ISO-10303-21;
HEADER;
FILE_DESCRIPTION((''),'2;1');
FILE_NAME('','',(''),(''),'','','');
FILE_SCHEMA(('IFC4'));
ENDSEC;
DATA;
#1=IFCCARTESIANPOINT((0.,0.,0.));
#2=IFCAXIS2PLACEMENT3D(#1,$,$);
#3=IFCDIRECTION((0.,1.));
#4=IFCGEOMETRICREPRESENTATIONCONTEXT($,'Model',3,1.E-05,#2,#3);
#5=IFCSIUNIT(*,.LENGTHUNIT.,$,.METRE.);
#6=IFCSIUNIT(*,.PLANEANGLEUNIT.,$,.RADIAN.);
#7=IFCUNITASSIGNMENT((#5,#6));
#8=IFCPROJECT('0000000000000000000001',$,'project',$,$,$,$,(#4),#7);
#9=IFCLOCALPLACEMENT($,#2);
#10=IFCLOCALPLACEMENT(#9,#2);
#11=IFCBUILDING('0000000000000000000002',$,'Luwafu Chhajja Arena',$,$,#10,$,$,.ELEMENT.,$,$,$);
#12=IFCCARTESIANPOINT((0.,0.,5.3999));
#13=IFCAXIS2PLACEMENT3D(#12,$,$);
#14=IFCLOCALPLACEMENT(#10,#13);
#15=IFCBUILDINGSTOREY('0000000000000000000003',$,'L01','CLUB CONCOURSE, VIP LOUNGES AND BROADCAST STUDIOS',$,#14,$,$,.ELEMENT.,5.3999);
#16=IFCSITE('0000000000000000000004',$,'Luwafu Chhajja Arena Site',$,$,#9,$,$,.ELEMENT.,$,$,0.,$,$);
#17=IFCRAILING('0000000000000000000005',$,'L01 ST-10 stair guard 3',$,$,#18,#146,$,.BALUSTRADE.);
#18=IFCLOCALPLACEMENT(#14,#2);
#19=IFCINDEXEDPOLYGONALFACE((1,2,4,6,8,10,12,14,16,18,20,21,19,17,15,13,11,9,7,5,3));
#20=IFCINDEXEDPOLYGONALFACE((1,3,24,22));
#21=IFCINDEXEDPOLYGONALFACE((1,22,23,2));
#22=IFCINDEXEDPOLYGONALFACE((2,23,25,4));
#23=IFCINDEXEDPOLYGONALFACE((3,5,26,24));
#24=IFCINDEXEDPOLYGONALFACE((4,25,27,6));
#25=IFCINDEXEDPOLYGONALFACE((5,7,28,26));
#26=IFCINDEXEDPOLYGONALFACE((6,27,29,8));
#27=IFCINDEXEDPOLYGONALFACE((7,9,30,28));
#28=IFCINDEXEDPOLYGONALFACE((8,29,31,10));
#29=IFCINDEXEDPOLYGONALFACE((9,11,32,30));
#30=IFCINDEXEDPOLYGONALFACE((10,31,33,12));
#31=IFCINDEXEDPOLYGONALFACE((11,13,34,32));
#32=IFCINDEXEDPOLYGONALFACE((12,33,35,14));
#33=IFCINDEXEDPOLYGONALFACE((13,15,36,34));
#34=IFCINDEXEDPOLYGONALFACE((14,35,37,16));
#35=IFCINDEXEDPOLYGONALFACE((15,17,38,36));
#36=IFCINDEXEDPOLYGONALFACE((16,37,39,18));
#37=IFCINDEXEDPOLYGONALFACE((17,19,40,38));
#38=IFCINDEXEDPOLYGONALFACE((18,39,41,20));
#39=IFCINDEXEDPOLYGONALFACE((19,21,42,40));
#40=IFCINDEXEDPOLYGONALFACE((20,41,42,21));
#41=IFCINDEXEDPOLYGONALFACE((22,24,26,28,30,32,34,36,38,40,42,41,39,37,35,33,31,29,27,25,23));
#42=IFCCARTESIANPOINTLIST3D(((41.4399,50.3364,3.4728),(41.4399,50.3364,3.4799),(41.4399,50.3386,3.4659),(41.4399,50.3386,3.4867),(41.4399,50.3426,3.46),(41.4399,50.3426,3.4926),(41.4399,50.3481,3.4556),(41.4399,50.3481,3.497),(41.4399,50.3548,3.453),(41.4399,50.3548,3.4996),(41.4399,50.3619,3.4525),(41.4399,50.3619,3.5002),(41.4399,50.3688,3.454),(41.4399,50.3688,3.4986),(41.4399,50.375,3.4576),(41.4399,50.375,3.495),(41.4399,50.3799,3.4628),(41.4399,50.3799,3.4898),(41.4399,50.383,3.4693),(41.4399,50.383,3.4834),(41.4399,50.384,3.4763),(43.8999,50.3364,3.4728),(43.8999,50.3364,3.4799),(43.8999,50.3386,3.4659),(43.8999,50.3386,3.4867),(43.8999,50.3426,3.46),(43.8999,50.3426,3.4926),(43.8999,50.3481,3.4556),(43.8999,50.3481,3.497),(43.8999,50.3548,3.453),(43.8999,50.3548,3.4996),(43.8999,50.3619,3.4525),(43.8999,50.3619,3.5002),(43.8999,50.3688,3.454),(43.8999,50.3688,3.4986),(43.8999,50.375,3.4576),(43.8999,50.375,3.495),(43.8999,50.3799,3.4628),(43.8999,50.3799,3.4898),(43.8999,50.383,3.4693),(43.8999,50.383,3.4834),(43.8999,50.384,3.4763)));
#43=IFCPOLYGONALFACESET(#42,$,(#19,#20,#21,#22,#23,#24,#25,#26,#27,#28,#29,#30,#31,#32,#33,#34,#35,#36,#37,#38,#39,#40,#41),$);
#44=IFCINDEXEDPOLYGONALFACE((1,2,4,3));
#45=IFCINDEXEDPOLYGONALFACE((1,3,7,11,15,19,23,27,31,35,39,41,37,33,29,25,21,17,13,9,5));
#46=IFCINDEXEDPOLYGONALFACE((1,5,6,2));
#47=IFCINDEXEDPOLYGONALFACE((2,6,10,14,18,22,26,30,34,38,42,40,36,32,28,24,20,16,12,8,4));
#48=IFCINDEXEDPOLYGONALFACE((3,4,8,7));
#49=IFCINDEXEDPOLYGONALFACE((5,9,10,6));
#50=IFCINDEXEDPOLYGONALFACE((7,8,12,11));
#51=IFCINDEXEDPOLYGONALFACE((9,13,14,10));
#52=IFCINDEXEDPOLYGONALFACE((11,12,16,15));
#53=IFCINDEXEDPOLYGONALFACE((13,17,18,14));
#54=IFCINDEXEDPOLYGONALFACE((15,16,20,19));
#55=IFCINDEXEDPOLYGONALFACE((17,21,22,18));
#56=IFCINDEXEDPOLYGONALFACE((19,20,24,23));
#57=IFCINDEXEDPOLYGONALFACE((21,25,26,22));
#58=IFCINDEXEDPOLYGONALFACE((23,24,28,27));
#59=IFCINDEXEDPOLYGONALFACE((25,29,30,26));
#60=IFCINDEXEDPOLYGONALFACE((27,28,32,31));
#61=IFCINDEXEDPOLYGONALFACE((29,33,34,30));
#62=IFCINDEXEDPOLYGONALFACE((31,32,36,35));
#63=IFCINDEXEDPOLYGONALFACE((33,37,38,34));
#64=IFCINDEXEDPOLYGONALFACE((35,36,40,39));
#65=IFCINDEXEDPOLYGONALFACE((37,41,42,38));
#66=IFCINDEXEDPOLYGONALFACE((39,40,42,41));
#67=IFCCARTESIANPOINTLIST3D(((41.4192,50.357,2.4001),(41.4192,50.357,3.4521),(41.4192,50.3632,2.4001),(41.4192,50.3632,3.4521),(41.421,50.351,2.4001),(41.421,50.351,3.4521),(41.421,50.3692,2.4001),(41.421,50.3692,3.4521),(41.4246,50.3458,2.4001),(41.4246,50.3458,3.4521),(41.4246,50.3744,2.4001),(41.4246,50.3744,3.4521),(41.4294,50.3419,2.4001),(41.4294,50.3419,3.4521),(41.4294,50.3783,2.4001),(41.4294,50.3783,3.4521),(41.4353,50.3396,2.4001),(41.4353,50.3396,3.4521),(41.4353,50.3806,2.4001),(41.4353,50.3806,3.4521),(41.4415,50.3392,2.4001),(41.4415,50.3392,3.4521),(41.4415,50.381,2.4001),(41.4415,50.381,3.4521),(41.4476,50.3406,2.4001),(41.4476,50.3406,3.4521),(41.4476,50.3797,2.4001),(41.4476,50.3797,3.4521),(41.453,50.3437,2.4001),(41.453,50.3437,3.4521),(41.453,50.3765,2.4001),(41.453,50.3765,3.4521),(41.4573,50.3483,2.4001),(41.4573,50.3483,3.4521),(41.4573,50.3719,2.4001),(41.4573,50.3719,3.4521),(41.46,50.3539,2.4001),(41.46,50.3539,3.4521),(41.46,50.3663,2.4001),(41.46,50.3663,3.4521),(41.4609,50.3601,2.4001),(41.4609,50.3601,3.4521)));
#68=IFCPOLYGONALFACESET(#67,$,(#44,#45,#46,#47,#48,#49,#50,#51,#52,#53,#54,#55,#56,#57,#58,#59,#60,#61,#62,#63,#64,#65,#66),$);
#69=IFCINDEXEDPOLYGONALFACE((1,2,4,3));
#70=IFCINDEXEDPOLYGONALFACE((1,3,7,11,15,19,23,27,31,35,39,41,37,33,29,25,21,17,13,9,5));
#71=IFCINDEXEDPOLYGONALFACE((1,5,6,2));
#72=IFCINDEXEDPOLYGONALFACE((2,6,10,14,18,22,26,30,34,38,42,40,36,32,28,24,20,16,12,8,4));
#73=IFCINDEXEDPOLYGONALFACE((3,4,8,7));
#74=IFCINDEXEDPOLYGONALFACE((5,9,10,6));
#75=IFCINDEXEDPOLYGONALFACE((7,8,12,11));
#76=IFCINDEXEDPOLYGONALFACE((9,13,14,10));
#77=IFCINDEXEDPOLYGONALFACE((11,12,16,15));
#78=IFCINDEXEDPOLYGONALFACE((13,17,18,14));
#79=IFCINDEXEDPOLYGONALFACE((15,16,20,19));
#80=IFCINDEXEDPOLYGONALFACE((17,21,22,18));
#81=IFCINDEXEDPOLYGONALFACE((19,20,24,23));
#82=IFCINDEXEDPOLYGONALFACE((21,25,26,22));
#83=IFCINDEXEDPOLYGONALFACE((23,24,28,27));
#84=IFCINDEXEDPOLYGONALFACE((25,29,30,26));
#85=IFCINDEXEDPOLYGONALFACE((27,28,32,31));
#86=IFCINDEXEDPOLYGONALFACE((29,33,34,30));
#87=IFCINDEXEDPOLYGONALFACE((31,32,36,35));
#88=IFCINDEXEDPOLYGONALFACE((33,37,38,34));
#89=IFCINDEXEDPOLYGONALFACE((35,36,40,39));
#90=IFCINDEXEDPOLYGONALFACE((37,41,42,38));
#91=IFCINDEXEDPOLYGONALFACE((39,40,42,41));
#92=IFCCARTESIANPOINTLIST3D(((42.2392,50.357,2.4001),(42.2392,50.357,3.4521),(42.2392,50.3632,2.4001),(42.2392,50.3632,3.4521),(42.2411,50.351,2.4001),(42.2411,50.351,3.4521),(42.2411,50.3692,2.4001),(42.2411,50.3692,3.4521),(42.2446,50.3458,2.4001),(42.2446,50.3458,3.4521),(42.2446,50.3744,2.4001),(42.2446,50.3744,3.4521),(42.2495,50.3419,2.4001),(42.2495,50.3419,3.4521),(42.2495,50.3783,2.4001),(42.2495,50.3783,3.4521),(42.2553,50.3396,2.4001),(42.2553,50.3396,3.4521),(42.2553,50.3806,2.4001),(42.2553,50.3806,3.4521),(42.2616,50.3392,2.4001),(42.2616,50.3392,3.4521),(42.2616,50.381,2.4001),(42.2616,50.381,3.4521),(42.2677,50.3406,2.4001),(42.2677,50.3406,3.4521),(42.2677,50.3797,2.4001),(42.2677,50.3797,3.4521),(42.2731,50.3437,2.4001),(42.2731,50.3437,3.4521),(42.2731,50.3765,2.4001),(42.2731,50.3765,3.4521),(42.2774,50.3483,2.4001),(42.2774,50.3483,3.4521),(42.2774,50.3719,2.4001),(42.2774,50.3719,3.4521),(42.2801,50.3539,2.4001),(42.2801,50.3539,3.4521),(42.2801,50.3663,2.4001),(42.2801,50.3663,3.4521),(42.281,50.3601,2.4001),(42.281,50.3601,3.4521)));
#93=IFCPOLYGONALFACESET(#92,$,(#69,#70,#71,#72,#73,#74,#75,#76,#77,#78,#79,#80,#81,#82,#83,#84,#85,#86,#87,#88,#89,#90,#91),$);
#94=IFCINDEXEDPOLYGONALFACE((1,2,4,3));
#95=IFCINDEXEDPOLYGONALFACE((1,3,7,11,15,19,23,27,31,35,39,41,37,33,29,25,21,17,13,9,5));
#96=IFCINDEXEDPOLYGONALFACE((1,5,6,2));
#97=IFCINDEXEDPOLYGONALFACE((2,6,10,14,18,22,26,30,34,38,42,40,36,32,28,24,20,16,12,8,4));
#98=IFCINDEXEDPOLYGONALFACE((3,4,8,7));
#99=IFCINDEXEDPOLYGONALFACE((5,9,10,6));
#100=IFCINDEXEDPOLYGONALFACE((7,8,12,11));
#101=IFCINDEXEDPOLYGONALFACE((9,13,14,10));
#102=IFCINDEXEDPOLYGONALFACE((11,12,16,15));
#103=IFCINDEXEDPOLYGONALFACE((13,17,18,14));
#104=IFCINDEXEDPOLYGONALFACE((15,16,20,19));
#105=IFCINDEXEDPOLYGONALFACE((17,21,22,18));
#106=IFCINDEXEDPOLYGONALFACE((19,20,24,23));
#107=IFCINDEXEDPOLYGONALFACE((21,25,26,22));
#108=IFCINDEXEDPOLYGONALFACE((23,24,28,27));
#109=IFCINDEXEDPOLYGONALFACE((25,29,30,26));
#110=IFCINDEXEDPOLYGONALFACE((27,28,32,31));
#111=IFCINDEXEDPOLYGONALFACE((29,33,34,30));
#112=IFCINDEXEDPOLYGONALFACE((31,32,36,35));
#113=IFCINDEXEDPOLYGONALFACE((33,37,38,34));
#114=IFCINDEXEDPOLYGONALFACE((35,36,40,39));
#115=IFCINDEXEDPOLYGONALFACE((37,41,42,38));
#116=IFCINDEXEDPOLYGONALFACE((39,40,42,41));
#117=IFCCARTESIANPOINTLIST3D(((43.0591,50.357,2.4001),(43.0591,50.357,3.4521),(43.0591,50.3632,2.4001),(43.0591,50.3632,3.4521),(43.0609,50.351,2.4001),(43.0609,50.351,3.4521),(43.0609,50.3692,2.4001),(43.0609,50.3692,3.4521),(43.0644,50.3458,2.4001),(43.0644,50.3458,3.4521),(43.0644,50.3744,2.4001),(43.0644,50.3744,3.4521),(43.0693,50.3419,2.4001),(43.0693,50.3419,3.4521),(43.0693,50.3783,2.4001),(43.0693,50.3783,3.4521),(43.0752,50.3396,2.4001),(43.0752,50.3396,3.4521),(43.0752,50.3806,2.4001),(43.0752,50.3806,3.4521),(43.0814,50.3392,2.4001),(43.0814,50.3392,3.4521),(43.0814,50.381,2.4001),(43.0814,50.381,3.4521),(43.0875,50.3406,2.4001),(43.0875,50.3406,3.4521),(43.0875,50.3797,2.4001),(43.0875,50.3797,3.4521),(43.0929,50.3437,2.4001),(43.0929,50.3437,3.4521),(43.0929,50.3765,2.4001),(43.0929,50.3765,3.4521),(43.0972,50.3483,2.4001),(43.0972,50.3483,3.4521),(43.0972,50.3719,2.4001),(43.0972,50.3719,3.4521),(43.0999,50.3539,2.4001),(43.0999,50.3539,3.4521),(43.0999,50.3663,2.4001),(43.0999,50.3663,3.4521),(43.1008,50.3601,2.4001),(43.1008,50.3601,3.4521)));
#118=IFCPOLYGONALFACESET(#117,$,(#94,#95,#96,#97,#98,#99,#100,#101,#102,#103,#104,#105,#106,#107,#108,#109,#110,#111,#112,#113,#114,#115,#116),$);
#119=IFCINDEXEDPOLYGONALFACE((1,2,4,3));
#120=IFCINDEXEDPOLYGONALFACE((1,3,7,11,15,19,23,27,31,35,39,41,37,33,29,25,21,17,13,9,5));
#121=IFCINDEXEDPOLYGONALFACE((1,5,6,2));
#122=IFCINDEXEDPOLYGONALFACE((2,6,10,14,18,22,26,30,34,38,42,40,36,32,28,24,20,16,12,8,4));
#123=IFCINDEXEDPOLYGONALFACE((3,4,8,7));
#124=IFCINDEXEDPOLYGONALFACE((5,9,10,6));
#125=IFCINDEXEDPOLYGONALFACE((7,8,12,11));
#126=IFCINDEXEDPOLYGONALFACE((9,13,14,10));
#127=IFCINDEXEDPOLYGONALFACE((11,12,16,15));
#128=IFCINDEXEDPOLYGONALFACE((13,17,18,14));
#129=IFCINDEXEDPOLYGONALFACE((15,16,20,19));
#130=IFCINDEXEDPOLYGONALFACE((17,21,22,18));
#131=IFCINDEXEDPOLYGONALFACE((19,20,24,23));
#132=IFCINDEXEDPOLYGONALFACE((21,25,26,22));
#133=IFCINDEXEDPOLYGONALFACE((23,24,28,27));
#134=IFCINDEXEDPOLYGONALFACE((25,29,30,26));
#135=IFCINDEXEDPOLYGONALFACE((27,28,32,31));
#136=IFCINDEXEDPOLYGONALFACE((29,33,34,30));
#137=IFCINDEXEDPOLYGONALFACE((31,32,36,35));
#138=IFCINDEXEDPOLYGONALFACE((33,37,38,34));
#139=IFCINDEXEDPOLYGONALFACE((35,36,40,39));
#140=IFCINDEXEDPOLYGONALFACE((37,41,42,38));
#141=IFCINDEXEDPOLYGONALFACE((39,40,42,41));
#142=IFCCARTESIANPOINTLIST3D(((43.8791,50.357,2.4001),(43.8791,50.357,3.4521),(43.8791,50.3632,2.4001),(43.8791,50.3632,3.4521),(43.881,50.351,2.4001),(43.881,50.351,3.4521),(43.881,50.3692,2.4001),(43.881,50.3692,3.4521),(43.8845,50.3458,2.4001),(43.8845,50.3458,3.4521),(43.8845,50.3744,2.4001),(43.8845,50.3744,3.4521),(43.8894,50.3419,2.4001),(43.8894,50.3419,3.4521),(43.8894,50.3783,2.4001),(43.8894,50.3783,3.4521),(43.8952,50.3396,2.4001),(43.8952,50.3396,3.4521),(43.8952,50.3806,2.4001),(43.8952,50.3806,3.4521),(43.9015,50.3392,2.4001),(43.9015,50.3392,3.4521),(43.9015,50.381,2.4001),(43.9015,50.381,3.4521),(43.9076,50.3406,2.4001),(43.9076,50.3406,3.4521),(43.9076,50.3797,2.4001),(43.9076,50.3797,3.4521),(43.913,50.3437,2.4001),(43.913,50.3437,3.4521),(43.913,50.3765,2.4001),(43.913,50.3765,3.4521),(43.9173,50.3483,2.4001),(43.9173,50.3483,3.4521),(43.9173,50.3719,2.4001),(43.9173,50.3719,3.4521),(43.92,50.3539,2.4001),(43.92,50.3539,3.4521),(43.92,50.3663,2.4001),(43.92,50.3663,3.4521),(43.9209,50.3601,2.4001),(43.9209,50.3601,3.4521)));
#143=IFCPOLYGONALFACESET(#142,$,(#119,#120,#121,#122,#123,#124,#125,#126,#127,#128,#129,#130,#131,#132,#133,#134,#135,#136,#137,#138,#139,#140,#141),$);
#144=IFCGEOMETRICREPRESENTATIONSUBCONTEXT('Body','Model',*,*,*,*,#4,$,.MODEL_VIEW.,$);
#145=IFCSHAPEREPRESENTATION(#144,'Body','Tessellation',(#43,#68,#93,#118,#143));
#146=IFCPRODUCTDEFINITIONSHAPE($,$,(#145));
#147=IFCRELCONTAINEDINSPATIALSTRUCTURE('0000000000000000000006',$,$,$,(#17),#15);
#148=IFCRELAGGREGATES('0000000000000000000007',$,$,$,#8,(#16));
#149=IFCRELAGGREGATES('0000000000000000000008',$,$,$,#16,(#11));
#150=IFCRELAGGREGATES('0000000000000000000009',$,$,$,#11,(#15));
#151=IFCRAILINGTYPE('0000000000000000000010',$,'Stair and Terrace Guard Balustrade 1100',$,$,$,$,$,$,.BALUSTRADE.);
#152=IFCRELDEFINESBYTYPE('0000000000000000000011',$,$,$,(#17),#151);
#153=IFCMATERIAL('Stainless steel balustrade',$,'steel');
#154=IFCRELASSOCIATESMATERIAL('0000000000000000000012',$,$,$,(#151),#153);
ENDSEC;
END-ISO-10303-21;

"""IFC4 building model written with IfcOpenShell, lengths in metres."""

from ifc_helpers import new_model, si_unit, direction, frame, origin, origin_2d, place, context, subcontext, project, spatial, circle, extrude, material, type_object, element, save


model = new_model("IFC4")

# Units and contexts
model_context = context("Model", 3, precision=1e-05, world=origin(), true_north=direction((0.0, 1.0)))
body_context = subcontext(model_context, "Body", "Model", "MODEL_VIEW")
ifc_project = project(units=[si_unit("LENGTHUNIT", "METRE"), si_unit("PLANEANGLEUNIT", "RADIAN")], contexts=[model_context])

# Site, building, storey
site_placement = place(None, origin())
site = spatial("IfcSite", under=ifc_project, at=site_placement, Name="Luwafu Chhajja Arena Site", CompositionType="ELEMENT", RefElevation=0.0)
building_placement = place(site_placement, origin())
building = spatial("IfcBuilding", under=site, at=building_placement, Name="Luwafu Chhajja Arena", CompositionType="ELEMENT")
storey_placement = place(building_placement, frame((0.0, 0.0, 5.3999)))
storey = spatial("IfcBuildingStorey", under=building, at=storey_placement, Name="L01", Description="CLUB CONCOURSE, VIP LOUNGES AND BROADCAST STUDIOS", CompositionType="ELEMENT", Elevation=5.3999)

# Railing
ifc_material_1 = material(Name="Stainless steel balustrade", Category="steel")
railing_type_1 = type_object("IfcRailingType", Name="Stair and Terrace Guard Balustrade 1100", PredefinedType="BALUSTRADE", material=ifc_material_1)
for number, where, name in (
    (1, (41.4399, 50.3601, 2.4001), "L01 ST-10 stair guard 3"),
):
    element("IfcRailing", number, at=place(storey_placement, frame(where)), inside=storey, type_object=railing_type_1, Name=name, PredefinedType="BALUSTRADE", context=body_context, shape_type="SweptSolid", body=[
        extrude(circle(Radius=0.0239, at=origin_2d()), frame((0.0, 0.0, 1.0762), z_axis=(1.0, 0.0, 0.0), x_axis=(0.0, 1.0, 0.0)), (0.0, 0.0, 1.0), 2.46),
        extrude(circle(Radius=0.021, at=origin_2d()), origin(), (0.0, 0.0, 1.0), 1.052),
        extrude(circle(Radius=0.021, at=origin_2d()), frame((0.8201, 0.0, 0.0)), (0.0, 0.0, 1.0), 1.052),
        extrude(circle(Radius=0.021, at=origin_2d()), frame((1.6399, 0.0, 0.0)), (0.0, 0.0, 1.0), 1.052),
        extrude(circle(Radius=0.021, at=origin_2d()), frame((2.46, 0.0, 0.0)), (0.0, 0.0, 1.0), 1.052),
    ])

save(model, "model.ifc")
